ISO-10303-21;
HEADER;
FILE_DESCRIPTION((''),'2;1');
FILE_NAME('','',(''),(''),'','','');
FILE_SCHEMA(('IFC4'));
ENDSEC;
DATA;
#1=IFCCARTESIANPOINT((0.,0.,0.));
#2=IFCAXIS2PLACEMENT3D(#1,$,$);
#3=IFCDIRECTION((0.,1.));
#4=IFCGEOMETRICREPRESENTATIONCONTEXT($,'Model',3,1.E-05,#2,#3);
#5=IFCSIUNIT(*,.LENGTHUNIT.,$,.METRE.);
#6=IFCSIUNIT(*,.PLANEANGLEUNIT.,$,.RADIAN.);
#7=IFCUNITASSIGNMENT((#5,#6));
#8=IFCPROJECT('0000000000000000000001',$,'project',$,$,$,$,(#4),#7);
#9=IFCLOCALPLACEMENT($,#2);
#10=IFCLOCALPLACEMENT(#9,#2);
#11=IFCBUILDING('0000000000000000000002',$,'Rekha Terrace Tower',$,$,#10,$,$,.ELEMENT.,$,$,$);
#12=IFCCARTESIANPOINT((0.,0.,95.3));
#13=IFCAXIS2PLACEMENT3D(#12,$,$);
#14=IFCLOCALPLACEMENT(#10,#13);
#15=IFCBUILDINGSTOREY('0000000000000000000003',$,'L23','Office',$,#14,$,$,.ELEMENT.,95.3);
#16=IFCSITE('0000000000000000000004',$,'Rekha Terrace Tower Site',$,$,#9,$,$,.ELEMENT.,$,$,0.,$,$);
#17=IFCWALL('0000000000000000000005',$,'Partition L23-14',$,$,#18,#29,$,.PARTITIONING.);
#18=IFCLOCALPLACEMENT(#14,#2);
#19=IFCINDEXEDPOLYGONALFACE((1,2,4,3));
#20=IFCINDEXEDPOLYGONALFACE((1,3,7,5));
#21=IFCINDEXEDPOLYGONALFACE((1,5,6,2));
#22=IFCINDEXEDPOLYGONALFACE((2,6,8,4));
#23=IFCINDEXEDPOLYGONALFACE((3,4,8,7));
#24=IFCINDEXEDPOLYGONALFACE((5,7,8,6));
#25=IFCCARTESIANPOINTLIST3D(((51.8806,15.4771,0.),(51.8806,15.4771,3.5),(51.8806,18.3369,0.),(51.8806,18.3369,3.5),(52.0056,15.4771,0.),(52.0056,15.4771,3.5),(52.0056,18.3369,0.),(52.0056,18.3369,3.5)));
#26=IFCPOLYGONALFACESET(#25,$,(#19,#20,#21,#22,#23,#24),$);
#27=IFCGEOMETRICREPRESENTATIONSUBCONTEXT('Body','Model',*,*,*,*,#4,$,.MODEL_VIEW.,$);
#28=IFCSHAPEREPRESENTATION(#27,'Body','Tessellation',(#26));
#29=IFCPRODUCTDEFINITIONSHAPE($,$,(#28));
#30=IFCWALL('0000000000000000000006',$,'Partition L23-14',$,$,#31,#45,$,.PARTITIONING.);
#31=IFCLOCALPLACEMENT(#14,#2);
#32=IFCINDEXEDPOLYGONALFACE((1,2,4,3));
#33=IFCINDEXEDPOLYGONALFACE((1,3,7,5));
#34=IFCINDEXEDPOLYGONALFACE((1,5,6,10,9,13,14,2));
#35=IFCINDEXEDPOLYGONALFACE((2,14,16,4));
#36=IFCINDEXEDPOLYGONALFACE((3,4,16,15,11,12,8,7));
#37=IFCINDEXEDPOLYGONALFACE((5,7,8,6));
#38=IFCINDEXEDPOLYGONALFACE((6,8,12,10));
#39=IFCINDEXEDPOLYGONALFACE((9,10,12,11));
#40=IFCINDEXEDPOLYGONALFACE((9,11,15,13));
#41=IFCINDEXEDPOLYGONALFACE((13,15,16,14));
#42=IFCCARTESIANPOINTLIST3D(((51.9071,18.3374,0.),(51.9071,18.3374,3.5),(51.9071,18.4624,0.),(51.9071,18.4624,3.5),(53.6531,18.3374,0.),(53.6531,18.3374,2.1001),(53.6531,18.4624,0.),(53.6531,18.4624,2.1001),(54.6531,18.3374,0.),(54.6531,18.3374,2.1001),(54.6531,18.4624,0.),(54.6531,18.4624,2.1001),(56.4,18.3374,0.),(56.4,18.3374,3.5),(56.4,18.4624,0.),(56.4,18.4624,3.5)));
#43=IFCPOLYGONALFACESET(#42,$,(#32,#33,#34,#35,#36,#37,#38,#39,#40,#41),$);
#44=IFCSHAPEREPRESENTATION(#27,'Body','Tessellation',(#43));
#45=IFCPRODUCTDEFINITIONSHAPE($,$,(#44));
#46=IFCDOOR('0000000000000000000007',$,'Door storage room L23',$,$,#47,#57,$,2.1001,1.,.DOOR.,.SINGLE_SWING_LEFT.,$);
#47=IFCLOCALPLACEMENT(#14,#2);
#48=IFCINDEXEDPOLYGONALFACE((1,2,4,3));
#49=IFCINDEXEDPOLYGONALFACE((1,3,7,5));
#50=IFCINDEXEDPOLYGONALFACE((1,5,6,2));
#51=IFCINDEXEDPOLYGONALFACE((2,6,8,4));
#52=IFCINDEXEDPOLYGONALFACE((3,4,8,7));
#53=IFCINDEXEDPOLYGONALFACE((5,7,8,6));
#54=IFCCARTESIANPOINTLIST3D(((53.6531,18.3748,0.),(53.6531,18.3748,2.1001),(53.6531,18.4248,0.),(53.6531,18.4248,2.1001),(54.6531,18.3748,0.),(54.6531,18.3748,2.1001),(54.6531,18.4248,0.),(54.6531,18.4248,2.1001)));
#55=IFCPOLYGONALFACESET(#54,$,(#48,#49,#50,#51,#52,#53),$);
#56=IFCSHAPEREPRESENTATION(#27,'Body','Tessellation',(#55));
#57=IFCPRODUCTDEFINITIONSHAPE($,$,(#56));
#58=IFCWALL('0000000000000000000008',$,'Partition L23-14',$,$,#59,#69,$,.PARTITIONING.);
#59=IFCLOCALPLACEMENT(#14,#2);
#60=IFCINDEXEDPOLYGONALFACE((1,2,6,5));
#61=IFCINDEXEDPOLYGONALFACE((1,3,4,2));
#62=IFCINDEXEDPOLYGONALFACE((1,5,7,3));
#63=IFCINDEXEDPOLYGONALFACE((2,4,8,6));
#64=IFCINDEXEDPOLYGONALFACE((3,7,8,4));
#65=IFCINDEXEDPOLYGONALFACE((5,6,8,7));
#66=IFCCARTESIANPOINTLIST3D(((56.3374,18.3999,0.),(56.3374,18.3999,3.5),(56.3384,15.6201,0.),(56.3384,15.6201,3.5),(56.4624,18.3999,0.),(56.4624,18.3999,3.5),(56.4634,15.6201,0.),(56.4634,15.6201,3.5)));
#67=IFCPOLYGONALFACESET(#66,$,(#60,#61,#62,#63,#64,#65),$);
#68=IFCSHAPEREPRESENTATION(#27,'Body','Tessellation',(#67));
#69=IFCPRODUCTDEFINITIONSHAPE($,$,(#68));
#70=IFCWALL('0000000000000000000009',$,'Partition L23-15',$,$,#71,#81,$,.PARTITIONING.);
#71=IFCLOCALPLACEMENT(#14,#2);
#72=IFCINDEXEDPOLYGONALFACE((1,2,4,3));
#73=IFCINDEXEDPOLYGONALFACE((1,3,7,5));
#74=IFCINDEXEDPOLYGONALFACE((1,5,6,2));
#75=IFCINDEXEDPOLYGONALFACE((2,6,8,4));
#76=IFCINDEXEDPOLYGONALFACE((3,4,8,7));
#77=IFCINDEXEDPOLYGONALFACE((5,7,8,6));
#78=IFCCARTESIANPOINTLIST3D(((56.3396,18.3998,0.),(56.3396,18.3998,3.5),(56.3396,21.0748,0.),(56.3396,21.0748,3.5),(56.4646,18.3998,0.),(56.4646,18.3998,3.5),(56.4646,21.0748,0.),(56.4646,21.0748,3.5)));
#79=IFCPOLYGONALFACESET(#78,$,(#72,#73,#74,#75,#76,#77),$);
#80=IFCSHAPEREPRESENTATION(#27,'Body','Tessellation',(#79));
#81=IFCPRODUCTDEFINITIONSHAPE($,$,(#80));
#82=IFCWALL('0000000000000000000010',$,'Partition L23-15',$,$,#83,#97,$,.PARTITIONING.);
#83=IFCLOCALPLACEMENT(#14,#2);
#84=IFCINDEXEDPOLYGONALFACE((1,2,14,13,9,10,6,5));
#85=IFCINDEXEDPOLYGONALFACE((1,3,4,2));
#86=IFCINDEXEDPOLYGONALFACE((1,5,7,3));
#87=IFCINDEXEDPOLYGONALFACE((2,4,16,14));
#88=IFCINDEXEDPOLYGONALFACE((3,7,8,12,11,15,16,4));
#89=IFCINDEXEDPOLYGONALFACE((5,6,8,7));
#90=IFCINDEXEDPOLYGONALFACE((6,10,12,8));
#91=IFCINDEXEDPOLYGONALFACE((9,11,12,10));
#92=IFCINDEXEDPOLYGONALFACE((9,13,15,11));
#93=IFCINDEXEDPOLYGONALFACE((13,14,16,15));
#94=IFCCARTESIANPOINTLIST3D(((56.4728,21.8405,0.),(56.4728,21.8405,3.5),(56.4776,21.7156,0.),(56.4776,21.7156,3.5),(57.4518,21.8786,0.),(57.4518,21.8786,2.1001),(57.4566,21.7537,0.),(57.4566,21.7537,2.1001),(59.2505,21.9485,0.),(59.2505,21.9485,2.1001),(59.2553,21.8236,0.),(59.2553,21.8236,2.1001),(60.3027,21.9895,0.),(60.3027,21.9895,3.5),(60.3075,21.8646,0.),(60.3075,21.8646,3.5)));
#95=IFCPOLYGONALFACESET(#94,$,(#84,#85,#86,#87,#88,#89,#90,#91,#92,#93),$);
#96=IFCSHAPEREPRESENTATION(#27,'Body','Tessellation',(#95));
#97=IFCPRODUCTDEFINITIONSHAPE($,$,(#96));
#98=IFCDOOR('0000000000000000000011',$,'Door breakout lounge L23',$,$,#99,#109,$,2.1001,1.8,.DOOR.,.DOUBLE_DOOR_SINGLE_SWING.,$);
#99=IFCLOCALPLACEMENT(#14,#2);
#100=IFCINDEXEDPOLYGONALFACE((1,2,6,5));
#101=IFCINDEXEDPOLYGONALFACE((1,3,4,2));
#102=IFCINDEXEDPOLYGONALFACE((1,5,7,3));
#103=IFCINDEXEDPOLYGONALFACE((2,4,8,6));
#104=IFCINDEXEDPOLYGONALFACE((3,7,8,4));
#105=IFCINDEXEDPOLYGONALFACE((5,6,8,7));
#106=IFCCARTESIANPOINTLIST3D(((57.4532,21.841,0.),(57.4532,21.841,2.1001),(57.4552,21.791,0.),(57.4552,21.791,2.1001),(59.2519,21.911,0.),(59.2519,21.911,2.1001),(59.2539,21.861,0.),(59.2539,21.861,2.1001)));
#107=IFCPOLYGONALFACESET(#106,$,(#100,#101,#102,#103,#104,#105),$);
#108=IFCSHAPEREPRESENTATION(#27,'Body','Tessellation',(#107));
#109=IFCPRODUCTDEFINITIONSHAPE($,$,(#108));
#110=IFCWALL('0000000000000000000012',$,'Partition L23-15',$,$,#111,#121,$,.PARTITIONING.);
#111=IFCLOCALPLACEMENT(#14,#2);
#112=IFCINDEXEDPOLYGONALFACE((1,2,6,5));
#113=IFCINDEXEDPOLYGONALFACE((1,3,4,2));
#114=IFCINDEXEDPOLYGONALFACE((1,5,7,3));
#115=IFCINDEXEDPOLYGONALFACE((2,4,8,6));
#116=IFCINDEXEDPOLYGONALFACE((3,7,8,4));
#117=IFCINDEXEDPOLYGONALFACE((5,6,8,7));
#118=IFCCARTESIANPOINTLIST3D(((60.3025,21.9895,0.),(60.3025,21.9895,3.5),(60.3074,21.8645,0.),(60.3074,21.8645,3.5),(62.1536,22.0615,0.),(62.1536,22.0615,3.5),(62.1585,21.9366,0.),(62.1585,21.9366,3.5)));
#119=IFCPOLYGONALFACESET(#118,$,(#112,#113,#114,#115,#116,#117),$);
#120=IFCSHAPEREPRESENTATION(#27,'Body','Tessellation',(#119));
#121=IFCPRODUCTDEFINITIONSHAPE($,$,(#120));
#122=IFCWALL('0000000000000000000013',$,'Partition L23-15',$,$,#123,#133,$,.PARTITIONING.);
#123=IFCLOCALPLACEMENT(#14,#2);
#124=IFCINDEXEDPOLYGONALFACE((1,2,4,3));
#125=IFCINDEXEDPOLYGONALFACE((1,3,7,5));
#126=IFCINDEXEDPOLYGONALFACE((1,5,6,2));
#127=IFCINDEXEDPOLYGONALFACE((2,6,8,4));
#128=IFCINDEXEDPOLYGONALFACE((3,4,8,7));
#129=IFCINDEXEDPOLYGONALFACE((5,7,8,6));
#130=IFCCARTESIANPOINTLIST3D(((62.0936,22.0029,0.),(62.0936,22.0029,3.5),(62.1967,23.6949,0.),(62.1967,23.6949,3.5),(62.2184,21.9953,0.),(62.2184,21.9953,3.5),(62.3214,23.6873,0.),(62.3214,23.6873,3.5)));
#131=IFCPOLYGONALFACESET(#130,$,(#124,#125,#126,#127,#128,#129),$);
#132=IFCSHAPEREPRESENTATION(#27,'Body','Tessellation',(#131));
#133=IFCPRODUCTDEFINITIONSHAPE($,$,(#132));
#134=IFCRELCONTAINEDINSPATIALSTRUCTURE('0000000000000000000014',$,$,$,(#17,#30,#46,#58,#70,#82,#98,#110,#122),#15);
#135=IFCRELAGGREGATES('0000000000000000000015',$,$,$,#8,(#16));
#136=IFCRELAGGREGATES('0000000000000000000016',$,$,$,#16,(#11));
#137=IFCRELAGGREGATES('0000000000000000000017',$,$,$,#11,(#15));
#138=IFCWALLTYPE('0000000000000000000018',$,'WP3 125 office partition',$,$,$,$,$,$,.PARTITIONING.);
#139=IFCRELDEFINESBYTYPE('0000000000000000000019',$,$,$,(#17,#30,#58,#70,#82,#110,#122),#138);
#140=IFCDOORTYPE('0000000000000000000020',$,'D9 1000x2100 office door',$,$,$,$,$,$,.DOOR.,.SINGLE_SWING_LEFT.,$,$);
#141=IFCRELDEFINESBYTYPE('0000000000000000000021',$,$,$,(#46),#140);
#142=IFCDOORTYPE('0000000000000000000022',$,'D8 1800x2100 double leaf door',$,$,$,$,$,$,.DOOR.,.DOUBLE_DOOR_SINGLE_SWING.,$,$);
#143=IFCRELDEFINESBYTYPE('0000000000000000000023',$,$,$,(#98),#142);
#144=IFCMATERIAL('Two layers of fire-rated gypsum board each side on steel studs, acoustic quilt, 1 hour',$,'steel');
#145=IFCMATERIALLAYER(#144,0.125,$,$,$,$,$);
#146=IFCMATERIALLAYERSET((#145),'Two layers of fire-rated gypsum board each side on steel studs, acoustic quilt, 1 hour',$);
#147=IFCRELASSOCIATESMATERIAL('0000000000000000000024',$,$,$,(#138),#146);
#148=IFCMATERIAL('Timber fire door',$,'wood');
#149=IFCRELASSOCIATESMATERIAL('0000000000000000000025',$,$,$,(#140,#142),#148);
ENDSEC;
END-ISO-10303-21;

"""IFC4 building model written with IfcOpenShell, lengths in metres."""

from ifc_helpers import new_model, si_unit, direction, frame, frame_2d, origin, place, context, subcontext, project, spatial, rectangle, extrude, material, layer, layer_set, type_object, element, fill, save


model = new_model("IFC4")

# Units and contexts
model_context = context("Model", 3, precision=1e-05, world=origin(), true_north=direction((0.0, 1.0)))
body_context = subcontext(model_context, "Body", "Model", "MODEL_VIEW")
ifc_project = project(units=[si_unit("LENGTHUNIT", "METRE"), si_unit("PLANEANGLEUNIT", "RADIAN")], contexts=[model_context])

# Site, building, storey
site_placement = place(None, origin())
site = spatial("IfcSite", under=ifc_project, at=site_placement, Name="Rekha Terrace Tower Site", CompositionType="ELEMENT", RefElevation=0.0)
building_placement = place(site_placement, origin())
building = spatial("IfcBuilding", under=site, at=building_placement, Name="Rekha Terrace Tower", CompositionType="ELEMENT")
storey_placement = place(building_placement, frame((0.0, 0.0, 95.3)))
storey = spatial("IfcBuildingStorey", under=building, at=storey_placement, Name="L23", Description="Office", CompositionType="ELEMENT", Elevation=95.3)

# Wall
ifc_material_1 = material(Name="Two layers of fire-rated gypsum board each side on steel studs, acoustic quilt, 1 hour", Category="steel")
ifc_layer_1 = layer(ifc_material_1, 0.125)
ifc_layer_set_1 = layer_set([ifc_layer_1], Name="Two layers of fire-rated gypsum board each side on steel studs, acoustic quilt, 1 hour")
wall_type_1 = type_object("IfcWallType", Name="WP3 125 office partition", PredefinedType="PARTITIONING", material=ifc_layer_set_1)
wall_1_placement = place(storey_placement, frame((51.9431, 15.4771, 0.0), z_axis=(0.0, 0.0, 1.0), x_axis=(0.0, 1.0, 0.0)))
element("IfcWall", 1, at=wall_1_placement, inside=storey, type_object=wall_type_1, Name="Partition L23-14", PredefinedType="PARTITIONING", context=body_context, shape_type="SweptSolid", body=[
    extrude(rectangle(XDim=2.8599, YDim=0.125, at=frame_2d((1.4299, 0.0))), origin(), (0.0, 0.0, 1.0), 3.5),
])

# Wall, opening, door
wall_2_placement = place(storey_placement, frame((51.907, 18.3999, 0.0), z_axis=(0.0, 0.0, 1.0), x_axis=(1.0, 0.0, 0.0)))
wall_2 = element("IfcWall", 2, at=wall_2_placement, inside=storey, type_object=wall_type_1, Name="Partition L23-14", PredefinedType="PARTITIONING", context=body_context, shape_type="SweptSolid", body=[
    extrude(rectangle(XDim=4.4929, YDim=0.125, at=frame_2d((2.2466, 0.0))), origin(), (0.0, 0.0, 1.0), 3.5),
])
opening_1_placement = place(wall_2_placement, frame((1.7461, 0.0, 0.0)))
opening_1 = element("IfcOpeningElement", 3, at=opening_1_placement, cuts=wall_2, PredefinedType="OPENING", context=body_context, shape_type="SweptSolid", body=[
    extrude(rectangle(XDim=1.0, YDim=2.1001, at=frame_2d((0.5, 1.05))), frame((0.0, 0.0725, 0.0), z_axis=(0.0, -1.0, 0.0), x_axis=(1.0, 0.0, 0.0)), (0.0, 0.0, 1.0), 0.145),
])
ifc_material_2 = material(Name="Timber fire door", Category="wood")
door_type_1 = type_object("IfcDoorType", Name="D9 1000x2100 office door", OperationType="SINGLE_SWING_LEFT", PredefinedType="DOOR", material=ifc_material_2)
door_1_placement = place(opening_1_placement, origin())
door_1 = element("IfcDoor", 4, at=door_1_placement, inside=storey, type_object=door_type_1, Name="Door storage room L23", OperationType="SINGLE_SWING_LEFT", OverallHeight=2.1001, OverallWidth=1.0, PredefinedType="DOOR", context=body_context, shape_type="SweptSolid", body=[
    extrude(rectangle(XDim=1.0, YDim=2.1001, at=frame_2d((0.5, 1.05))), frame((0.0, 0.0249, 0.0), z_axis=(0.0, -1.0, 0.0), x_axis=(1.0, 0.0, 0.0)), (0.0, 0.0, 1.0), 0.05),
])
fill(opening_1, door_1)

# Walls
wall_3_placement = place(storey_placement, frame((56.3999, 18.3999, 0.0), z_axis=(0.0, 0.0, 1.0), x_axis=(0.000351, -1.0, 0.0)))
element("IfcWall", 5, at=wall_3_placement, inside=storey, type_object=wall_type_1, Name="Partition L23-14", PredefinedType="PARTITIONING", context=body_context, shape_type="SweptSolid", body=[
    extrude(rectangle(XDim=2.7798, YDim=0.125, at=frame_2d((1.3899, 0.0))), origin(), (0.0, 0.0, 1.0), 3.5),
])
wall_4_placement = place(storey_placement, frame((56.4021, 18.3999, 0.0), z_axis=(0.0, 0.0, 1.0), x_axis=(0.0, 1.0, 0.0)))
element("IfcWall", 6, at=wall_4_placement, inside=storey, type_object=wall_type_1, Name="Partition L23-15", PredefinedType="PARTITIONING", context=body_context, shape_type="SweptSolid", body=[
    extrude(rectangle(XDim=2.675, YDim=0.125, at=frame_2d((1.3374, 0.0))), origin(), (0.0, 0.0, 1.0), 3.5),
])

# Wall, opening, door
wall_5_placement = place(storey_placement, frame((56.4751, 21.7781, 0.0), z_axis=(0.0, 0.0, 1.0), x_axis=(0.999245, 0.038856, 0.0)))
wall_5 = element("IfcWall", 7, at=wall_5_placement, inside=storey, type_object=wall_type_1, Name="Partition L23-15", PredefinedType="PARTITIONING", context=body_context, shape_type="SweptSolid", body=[
    extrude(rectangle(XDim=3.8328, YDim=0.125, at=frame_2d((1.9165, 0.0))), origin(), (0.0, 0.0, 1.0), 3.5),
])
opening_2_placement = place(wall_5_placement, frame((0.98, 0.0, 0.0)))
opening_2 = element("IfcOpeningElement", 8, at=opening_2_placement, cuts=wall_5, PredefinedType="OPENING", context=body_context, shape_type="SweptSolid", body=[
    extrude(rectangle(XDim=1.8, YDim=2.1001, at=frame_2d((0.8999, 1.05))), frame((0.0, 0.0725, 0.0), z_axis=(0.0, -1.0, 0.0), x_axis=(1.0, 0.0, 0.0)), (0.0, 0.0, 1.0), 0.145),
])
door_type_2 = type_object("IfcDoorType", Name="D8 1800x2100 double leaf door", OperationType="DOUBLE_DOOR_SINGLE_SWING", PredefinedType="DOOR", material=ifc_material_2)
door_2_placement = place(opening_2_placement, origin())
door_2 = element("IfcDoor", 9, at=door_2_placement, inside=storey, type_object=door_type_2, Name="Door breakout lounge L23", OperationType="DOUBLE_DOOR_SINGLE_SWING", OverallHeight=2.1001, OverallWidth=1.8, PredefinedType="DOOR", context=body_context, shape_type="SweptSolid", body=[
    extrude(rectangle(XDim=1.8, YDim=2.1001, at=frame_2d((0.8999, 1.05))), frame((0.0, 0.0249, 0.0), z_axis=(0.0, -1.0, 0.0), x_axis=(1.0, 0.0, 0.0)), (0.0, 0.0, 1.0), 0.05),
])
fill(opening_2, door_2)

# Walls
wall_6_placement = place(storey_placement, frame((60.3049, 21.927, 0.0), z_axis=(0.0, 0.0, 1.0), x_axis=(0.999244, 0.038879, 0.0)))
element("IfcWall", 10, at=wall_6_placement, inside=storey, type_object=wall_type_1, Name="Partition L23-15", PredefinedType="PARTITIONING", context=body_context, shape_type="SweptSolid", body=[
    extrude(rectangle(XDim=1.8525, YDim=0.125, at=frame_2d((0.9263, 0.0))), origin(), (0.0, 0.0, 1.0), 3.5),
])
wall_7_placement = place(storey_placement, frame((62.156, 21.999, 0.0), z_axis=(0.0, 0.0, 1.0), x_axis=(0.060782, 0.998151, 0.0)))
element("IfcWall", 11, at=wall_7_placement, inside=storey, type_object=wall_type_1, Name="Partition L23-15", PredefinedType="PARTITIONING", context=body_context, shape_type="SweptSolid", body=[
    extrude(rectangle(XDim=1.6951, YDim=0.125, at=frame_2d((0.8477, 0.0))), origin(), (0.0, 0.0, 1.0), 3.5),
])

save(model, "model.ifc")
